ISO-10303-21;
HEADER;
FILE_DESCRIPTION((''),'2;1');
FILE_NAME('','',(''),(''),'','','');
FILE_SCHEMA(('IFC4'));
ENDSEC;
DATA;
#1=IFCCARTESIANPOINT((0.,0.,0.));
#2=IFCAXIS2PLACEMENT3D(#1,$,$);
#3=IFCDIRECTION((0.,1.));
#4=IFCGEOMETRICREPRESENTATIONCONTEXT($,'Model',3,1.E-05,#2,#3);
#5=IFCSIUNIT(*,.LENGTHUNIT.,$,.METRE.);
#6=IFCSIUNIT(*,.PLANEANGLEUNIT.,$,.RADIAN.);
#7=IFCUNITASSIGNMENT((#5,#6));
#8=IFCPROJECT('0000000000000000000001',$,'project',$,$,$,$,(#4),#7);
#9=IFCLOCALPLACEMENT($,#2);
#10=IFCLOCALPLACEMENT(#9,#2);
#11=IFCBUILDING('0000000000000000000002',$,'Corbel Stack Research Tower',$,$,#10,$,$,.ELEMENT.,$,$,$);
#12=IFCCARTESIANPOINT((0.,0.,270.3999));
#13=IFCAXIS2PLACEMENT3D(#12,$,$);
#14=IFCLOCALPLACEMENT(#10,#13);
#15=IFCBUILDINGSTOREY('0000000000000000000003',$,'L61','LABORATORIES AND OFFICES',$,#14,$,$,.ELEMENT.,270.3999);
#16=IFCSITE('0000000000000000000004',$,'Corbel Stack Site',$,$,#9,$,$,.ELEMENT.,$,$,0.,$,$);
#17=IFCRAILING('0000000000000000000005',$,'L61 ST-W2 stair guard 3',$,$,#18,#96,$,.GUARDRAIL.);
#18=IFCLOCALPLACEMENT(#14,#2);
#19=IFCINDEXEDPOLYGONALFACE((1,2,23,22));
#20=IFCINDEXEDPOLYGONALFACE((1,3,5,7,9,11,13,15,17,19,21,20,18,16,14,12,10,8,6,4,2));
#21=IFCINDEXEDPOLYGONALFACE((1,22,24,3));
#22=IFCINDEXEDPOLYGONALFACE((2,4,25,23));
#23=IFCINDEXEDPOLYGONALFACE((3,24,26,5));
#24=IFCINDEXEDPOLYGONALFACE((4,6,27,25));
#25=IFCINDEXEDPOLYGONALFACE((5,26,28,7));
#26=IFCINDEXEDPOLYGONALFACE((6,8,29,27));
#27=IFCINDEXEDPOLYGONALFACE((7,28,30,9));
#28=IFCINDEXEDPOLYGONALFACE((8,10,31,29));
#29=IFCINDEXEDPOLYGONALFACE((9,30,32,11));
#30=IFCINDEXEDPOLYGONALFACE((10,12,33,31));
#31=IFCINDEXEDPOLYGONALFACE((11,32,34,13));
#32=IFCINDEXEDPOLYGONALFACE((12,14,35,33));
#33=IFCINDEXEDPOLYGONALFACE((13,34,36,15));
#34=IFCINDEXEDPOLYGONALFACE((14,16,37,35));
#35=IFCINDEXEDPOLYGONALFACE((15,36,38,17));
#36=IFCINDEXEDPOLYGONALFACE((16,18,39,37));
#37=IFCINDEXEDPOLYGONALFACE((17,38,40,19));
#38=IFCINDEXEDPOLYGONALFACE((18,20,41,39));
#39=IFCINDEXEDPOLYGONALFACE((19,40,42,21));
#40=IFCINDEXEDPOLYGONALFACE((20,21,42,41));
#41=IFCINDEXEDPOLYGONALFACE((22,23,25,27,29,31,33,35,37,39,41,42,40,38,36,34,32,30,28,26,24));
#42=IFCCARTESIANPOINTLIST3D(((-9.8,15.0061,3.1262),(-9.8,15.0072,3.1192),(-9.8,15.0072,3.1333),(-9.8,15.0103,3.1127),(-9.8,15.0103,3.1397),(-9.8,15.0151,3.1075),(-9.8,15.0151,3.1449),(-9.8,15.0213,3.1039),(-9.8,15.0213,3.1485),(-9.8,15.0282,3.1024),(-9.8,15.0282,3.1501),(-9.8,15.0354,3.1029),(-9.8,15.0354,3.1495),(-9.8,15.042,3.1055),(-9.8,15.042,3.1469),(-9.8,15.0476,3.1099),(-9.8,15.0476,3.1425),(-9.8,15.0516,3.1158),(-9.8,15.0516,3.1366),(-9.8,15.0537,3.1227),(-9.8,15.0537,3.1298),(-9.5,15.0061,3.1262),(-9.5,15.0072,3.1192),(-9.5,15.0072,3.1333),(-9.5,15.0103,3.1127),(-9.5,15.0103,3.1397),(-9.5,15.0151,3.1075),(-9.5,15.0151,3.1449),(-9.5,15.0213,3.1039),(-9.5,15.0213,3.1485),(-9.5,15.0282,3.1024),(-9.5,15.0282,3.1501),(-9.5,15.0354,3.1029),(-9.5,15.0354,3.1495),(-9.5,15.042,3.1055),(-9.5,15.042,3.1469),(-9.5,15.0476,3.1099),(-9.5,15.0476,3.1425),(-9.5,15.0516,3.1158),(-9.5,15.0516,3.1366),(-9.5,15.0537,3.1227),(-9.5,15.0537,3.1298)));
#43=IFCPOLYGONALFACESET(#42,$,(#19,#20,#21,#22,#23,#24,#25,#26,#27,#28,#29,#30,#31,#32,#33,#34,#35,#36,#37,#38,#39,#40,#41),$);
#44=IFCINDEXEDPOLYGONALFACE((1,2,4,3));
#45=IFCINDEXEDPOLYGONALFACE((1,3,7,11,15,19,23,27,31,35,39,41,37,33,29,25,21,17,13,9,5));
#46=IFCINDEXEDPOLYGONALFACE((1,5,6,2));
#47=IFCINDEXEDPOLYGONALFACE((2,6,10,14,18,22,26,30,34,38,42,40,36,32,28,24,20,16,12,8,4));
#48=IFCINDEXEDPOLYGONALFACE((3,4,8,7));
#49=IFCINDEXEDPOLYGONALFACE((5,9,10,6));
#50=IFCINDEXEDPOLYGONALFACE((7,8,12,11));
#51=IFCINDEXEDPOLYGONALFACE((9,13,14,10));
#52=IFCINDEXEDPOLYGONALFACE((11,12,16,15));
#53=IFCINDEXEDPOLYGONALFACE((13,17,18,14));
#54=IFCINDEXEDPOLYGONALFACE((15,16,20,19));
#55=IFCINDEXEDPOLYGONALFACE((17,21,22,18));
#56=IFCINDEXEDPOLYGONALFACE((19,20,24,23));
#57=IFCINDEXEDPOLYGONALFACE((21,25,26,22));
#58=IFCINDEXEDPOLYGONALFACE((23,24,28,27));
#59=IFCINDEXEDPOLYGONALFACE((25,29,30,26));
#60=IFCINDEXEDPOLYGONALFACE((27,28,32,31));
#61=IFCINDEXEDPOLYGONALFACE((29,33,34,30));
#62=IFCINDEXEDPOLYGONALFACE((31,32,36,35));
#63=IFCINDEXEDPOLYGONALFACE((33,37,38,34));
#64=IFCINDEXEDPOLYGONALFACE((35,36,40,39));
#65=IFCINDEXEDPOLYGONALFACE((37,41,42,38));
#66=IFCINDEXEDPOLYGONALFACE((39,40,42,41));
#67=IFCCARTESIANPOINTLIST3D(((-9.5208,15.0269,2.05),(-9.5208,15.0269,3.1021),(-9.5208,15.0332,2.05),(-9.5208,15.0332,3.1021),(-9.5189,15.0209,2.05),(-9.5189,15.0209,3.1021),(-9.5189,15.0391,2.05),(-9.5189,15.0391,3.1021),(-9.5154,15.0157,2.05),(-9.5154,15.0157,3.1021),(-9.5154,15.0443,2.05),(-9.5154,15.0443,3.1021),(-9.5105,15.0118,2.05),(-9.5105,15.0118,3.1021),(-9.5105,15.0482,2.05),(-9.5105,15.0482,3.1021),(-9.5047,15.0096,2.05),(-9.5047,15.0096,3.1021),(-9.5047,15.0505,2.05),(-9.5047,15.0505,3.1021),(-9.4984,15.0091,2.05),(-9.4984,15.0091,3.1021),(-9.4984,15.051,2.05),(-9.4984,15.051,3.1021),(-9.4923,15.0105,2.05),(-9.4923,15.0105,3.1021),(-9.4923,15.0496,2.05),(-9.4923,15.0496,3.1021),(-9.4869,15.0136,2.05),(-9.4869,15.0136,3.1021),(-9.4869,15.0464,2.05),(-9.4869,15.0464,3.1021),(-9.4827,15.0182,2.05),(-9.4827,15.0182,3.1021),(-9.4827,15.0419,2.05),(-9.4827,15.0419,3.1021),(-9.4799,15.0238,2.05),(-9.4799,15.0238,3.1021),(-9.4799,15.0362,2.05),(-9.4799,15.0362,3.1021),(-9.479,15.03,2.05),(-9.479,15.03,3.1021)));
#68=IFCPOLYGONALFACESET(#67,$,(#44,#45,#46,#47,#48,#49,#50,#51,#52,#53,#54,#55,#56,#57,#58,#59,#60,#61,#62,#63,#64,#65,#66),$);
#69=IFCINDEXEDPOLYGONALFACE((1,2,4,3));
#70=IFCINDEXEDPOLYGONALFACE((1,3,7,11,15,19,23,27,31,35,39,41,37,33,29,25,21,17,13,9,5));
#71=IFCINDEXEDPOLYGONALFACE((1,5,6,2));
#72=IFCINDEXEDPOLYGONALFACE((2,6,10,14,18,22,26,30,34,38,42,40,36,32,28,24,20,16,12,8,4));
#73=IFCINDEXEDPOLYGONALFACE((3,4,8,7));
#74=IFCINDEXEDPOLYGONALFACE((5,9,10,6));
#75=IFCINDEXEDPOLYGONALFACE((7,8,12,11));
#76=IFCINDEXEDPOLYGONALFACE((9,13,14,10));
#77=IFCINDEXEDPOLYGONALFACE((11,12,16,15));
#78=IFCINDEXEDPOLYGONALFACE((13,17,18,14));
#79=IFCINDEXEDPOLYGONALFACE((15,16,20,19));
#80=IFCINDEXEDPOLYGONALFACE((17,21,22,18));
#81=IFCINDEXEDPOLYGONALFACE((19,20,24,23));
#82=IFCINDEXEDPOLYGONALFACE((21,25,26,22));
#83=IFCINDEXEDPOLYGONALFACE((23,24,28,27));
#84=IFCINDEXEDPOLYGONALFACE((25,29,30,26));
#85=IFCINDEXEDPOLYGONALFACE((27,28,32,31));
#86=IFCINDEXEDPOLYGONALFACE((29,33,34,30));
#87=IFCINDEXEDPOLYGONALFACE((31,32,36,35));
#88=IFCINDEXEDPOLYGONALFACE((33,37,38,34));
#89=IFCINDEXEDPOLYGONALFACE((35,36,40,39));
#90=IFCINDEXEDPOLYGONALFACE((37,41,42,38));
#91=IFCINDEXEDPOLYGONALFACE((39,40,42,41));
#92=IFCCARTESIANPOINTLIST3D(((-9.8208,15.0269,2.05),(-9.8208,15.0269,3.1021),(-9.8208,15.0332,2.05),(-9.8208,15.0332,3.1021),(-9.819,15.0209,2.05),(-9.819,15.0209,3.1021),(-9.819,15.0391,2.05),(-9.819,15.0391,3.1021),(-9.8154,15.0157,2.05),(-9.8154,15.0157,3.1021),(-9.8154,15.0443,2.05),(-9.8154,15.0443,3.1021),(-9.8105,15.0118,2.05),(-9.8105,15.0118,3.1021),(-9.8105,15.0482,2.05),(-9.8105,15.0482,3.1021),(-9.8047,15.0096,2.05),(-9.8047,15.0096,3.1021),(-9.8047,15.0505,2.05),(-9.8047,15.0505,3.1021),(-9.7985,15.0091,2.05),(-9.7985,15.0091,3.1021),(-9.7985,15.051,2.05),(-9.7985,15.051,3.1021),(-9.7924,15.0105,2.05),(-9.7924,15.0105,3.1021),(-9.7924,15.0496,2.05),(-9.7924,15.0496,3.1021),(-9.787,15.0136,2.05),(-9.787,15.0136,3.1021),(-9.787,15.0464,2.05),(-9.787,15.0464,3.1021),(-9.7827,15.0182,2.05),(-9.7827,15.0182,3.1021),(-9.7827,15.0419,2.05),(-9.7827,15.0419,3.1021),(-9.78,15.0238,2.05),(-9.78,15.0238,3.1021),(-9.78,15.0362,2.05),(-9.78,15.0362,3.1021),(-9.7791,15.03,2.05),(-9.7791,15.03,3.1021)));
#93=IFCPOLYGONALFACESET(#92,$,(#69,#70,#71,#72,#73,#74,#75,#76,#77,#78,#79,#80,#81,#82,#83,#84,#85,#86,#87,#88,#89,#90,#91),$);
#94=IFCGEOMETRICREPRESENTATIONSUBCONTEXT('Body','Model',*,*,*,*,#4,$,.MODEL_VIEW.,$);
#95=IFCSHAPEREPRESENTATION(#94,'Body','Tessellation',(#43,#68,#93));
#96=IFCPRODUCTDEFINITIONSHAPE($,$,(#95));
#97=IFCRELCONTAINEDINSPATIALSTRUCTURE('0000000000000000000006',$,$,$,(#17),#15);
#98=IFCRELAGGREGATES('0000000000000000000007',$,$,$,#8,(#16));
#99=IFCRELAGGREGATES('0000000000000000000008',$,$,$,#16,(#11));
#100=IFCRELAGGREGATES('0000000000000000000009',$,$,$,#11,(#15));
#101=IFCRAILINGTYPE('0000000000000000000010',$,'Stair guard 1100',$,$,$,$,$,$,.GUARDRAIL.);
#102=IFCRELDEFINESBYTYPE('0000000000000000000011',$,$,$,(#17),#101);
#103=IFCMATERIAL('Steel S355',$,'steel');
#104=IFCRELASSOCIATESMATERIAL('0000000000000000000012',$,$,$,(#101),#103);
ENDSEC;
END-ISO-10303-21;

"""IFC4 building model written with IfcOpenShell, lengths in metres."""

from ifc_helpers import new_model, si_unit, direction, frame, origin, origin_2d, place, context, subcontext, project, spatial, circle, extrude, material, type_object, element, save


model = new_model("IFC4")

# Units and contexts
model_context = context("Model", 3, precision=1e-05, world=origin(), true_north=direction((0.0, 1.0)))
body_context = subcontext(model_context, "Body", "Model", "MODEL_VIEW")
ifc_project = project(units=[si_unit("LENGTHUNIT", "METRE"), si_unit("PLANEANGLEUNIT", "RADIAN")], contexts=[model_context])

# Site, building, storey
site_placement = place(None, origin())
site = spatial("IfcSite", under=ifc_project, at=site_placement, Name="Corbel Stack Site", CompositionType="ELEMENT", RefElevation=0.0)
building_placement = place(site_placement, origin())
building = spatial("IfcBuilding", under=site, at=building_placement, Name="Corbel Stack Research Tower", CompositionType="ELEMENT")
storey_placement = place(building_placement, frame((0.0, 0.0, 270.3999)))
storey = spatial("IfcBuildingStorey", under=building, at=storey_placement, Name="L61", Description="LABORATORIES AND OFFICES", CompositionType="ELEMENT", Elevation=270.3999)

# Railing
ifc_material_1 = material(Name="Steel S355", Category="steel")
railing_type = type_object("IfcRailingType", Name="Stair guard 1100", PredefinedType="GUARDRAIL", material=ifc_material_1)
railing_1_placement = place(storey_placement, frame((-9.5, 15.03, 2.05)))
element("IfcRailing", 1, at=railing_1_placement, inside=storey, type_object=railing_type, Name="L61 ST-W2 stair guard 3", PredefinedType="GUARDRAIL", context=body_context, shape_type="SweptSolid", body=[
    extrude(circle(Radius=0.0239, at=origin_2d()), frame((0.0, 0.0, 1.0762), z_axis=(-1.0, 0.0, 0.0), x_axis=(0.0, -1.0, 0.0)), (0.0, 0.0, 1.0), 0.3),
    extrude(circle(Radius=0.021, at=origin_2d()), origin(), (0.0, 0.0, 1.0), 1.052),
    extrude(circle(Radius=0.021, at=origin_2d()), frame((-0.3, 0.0, 0.0)), (0.0, 0.0, 1.0), 1.052),
])

save(model, "model.ifc")
